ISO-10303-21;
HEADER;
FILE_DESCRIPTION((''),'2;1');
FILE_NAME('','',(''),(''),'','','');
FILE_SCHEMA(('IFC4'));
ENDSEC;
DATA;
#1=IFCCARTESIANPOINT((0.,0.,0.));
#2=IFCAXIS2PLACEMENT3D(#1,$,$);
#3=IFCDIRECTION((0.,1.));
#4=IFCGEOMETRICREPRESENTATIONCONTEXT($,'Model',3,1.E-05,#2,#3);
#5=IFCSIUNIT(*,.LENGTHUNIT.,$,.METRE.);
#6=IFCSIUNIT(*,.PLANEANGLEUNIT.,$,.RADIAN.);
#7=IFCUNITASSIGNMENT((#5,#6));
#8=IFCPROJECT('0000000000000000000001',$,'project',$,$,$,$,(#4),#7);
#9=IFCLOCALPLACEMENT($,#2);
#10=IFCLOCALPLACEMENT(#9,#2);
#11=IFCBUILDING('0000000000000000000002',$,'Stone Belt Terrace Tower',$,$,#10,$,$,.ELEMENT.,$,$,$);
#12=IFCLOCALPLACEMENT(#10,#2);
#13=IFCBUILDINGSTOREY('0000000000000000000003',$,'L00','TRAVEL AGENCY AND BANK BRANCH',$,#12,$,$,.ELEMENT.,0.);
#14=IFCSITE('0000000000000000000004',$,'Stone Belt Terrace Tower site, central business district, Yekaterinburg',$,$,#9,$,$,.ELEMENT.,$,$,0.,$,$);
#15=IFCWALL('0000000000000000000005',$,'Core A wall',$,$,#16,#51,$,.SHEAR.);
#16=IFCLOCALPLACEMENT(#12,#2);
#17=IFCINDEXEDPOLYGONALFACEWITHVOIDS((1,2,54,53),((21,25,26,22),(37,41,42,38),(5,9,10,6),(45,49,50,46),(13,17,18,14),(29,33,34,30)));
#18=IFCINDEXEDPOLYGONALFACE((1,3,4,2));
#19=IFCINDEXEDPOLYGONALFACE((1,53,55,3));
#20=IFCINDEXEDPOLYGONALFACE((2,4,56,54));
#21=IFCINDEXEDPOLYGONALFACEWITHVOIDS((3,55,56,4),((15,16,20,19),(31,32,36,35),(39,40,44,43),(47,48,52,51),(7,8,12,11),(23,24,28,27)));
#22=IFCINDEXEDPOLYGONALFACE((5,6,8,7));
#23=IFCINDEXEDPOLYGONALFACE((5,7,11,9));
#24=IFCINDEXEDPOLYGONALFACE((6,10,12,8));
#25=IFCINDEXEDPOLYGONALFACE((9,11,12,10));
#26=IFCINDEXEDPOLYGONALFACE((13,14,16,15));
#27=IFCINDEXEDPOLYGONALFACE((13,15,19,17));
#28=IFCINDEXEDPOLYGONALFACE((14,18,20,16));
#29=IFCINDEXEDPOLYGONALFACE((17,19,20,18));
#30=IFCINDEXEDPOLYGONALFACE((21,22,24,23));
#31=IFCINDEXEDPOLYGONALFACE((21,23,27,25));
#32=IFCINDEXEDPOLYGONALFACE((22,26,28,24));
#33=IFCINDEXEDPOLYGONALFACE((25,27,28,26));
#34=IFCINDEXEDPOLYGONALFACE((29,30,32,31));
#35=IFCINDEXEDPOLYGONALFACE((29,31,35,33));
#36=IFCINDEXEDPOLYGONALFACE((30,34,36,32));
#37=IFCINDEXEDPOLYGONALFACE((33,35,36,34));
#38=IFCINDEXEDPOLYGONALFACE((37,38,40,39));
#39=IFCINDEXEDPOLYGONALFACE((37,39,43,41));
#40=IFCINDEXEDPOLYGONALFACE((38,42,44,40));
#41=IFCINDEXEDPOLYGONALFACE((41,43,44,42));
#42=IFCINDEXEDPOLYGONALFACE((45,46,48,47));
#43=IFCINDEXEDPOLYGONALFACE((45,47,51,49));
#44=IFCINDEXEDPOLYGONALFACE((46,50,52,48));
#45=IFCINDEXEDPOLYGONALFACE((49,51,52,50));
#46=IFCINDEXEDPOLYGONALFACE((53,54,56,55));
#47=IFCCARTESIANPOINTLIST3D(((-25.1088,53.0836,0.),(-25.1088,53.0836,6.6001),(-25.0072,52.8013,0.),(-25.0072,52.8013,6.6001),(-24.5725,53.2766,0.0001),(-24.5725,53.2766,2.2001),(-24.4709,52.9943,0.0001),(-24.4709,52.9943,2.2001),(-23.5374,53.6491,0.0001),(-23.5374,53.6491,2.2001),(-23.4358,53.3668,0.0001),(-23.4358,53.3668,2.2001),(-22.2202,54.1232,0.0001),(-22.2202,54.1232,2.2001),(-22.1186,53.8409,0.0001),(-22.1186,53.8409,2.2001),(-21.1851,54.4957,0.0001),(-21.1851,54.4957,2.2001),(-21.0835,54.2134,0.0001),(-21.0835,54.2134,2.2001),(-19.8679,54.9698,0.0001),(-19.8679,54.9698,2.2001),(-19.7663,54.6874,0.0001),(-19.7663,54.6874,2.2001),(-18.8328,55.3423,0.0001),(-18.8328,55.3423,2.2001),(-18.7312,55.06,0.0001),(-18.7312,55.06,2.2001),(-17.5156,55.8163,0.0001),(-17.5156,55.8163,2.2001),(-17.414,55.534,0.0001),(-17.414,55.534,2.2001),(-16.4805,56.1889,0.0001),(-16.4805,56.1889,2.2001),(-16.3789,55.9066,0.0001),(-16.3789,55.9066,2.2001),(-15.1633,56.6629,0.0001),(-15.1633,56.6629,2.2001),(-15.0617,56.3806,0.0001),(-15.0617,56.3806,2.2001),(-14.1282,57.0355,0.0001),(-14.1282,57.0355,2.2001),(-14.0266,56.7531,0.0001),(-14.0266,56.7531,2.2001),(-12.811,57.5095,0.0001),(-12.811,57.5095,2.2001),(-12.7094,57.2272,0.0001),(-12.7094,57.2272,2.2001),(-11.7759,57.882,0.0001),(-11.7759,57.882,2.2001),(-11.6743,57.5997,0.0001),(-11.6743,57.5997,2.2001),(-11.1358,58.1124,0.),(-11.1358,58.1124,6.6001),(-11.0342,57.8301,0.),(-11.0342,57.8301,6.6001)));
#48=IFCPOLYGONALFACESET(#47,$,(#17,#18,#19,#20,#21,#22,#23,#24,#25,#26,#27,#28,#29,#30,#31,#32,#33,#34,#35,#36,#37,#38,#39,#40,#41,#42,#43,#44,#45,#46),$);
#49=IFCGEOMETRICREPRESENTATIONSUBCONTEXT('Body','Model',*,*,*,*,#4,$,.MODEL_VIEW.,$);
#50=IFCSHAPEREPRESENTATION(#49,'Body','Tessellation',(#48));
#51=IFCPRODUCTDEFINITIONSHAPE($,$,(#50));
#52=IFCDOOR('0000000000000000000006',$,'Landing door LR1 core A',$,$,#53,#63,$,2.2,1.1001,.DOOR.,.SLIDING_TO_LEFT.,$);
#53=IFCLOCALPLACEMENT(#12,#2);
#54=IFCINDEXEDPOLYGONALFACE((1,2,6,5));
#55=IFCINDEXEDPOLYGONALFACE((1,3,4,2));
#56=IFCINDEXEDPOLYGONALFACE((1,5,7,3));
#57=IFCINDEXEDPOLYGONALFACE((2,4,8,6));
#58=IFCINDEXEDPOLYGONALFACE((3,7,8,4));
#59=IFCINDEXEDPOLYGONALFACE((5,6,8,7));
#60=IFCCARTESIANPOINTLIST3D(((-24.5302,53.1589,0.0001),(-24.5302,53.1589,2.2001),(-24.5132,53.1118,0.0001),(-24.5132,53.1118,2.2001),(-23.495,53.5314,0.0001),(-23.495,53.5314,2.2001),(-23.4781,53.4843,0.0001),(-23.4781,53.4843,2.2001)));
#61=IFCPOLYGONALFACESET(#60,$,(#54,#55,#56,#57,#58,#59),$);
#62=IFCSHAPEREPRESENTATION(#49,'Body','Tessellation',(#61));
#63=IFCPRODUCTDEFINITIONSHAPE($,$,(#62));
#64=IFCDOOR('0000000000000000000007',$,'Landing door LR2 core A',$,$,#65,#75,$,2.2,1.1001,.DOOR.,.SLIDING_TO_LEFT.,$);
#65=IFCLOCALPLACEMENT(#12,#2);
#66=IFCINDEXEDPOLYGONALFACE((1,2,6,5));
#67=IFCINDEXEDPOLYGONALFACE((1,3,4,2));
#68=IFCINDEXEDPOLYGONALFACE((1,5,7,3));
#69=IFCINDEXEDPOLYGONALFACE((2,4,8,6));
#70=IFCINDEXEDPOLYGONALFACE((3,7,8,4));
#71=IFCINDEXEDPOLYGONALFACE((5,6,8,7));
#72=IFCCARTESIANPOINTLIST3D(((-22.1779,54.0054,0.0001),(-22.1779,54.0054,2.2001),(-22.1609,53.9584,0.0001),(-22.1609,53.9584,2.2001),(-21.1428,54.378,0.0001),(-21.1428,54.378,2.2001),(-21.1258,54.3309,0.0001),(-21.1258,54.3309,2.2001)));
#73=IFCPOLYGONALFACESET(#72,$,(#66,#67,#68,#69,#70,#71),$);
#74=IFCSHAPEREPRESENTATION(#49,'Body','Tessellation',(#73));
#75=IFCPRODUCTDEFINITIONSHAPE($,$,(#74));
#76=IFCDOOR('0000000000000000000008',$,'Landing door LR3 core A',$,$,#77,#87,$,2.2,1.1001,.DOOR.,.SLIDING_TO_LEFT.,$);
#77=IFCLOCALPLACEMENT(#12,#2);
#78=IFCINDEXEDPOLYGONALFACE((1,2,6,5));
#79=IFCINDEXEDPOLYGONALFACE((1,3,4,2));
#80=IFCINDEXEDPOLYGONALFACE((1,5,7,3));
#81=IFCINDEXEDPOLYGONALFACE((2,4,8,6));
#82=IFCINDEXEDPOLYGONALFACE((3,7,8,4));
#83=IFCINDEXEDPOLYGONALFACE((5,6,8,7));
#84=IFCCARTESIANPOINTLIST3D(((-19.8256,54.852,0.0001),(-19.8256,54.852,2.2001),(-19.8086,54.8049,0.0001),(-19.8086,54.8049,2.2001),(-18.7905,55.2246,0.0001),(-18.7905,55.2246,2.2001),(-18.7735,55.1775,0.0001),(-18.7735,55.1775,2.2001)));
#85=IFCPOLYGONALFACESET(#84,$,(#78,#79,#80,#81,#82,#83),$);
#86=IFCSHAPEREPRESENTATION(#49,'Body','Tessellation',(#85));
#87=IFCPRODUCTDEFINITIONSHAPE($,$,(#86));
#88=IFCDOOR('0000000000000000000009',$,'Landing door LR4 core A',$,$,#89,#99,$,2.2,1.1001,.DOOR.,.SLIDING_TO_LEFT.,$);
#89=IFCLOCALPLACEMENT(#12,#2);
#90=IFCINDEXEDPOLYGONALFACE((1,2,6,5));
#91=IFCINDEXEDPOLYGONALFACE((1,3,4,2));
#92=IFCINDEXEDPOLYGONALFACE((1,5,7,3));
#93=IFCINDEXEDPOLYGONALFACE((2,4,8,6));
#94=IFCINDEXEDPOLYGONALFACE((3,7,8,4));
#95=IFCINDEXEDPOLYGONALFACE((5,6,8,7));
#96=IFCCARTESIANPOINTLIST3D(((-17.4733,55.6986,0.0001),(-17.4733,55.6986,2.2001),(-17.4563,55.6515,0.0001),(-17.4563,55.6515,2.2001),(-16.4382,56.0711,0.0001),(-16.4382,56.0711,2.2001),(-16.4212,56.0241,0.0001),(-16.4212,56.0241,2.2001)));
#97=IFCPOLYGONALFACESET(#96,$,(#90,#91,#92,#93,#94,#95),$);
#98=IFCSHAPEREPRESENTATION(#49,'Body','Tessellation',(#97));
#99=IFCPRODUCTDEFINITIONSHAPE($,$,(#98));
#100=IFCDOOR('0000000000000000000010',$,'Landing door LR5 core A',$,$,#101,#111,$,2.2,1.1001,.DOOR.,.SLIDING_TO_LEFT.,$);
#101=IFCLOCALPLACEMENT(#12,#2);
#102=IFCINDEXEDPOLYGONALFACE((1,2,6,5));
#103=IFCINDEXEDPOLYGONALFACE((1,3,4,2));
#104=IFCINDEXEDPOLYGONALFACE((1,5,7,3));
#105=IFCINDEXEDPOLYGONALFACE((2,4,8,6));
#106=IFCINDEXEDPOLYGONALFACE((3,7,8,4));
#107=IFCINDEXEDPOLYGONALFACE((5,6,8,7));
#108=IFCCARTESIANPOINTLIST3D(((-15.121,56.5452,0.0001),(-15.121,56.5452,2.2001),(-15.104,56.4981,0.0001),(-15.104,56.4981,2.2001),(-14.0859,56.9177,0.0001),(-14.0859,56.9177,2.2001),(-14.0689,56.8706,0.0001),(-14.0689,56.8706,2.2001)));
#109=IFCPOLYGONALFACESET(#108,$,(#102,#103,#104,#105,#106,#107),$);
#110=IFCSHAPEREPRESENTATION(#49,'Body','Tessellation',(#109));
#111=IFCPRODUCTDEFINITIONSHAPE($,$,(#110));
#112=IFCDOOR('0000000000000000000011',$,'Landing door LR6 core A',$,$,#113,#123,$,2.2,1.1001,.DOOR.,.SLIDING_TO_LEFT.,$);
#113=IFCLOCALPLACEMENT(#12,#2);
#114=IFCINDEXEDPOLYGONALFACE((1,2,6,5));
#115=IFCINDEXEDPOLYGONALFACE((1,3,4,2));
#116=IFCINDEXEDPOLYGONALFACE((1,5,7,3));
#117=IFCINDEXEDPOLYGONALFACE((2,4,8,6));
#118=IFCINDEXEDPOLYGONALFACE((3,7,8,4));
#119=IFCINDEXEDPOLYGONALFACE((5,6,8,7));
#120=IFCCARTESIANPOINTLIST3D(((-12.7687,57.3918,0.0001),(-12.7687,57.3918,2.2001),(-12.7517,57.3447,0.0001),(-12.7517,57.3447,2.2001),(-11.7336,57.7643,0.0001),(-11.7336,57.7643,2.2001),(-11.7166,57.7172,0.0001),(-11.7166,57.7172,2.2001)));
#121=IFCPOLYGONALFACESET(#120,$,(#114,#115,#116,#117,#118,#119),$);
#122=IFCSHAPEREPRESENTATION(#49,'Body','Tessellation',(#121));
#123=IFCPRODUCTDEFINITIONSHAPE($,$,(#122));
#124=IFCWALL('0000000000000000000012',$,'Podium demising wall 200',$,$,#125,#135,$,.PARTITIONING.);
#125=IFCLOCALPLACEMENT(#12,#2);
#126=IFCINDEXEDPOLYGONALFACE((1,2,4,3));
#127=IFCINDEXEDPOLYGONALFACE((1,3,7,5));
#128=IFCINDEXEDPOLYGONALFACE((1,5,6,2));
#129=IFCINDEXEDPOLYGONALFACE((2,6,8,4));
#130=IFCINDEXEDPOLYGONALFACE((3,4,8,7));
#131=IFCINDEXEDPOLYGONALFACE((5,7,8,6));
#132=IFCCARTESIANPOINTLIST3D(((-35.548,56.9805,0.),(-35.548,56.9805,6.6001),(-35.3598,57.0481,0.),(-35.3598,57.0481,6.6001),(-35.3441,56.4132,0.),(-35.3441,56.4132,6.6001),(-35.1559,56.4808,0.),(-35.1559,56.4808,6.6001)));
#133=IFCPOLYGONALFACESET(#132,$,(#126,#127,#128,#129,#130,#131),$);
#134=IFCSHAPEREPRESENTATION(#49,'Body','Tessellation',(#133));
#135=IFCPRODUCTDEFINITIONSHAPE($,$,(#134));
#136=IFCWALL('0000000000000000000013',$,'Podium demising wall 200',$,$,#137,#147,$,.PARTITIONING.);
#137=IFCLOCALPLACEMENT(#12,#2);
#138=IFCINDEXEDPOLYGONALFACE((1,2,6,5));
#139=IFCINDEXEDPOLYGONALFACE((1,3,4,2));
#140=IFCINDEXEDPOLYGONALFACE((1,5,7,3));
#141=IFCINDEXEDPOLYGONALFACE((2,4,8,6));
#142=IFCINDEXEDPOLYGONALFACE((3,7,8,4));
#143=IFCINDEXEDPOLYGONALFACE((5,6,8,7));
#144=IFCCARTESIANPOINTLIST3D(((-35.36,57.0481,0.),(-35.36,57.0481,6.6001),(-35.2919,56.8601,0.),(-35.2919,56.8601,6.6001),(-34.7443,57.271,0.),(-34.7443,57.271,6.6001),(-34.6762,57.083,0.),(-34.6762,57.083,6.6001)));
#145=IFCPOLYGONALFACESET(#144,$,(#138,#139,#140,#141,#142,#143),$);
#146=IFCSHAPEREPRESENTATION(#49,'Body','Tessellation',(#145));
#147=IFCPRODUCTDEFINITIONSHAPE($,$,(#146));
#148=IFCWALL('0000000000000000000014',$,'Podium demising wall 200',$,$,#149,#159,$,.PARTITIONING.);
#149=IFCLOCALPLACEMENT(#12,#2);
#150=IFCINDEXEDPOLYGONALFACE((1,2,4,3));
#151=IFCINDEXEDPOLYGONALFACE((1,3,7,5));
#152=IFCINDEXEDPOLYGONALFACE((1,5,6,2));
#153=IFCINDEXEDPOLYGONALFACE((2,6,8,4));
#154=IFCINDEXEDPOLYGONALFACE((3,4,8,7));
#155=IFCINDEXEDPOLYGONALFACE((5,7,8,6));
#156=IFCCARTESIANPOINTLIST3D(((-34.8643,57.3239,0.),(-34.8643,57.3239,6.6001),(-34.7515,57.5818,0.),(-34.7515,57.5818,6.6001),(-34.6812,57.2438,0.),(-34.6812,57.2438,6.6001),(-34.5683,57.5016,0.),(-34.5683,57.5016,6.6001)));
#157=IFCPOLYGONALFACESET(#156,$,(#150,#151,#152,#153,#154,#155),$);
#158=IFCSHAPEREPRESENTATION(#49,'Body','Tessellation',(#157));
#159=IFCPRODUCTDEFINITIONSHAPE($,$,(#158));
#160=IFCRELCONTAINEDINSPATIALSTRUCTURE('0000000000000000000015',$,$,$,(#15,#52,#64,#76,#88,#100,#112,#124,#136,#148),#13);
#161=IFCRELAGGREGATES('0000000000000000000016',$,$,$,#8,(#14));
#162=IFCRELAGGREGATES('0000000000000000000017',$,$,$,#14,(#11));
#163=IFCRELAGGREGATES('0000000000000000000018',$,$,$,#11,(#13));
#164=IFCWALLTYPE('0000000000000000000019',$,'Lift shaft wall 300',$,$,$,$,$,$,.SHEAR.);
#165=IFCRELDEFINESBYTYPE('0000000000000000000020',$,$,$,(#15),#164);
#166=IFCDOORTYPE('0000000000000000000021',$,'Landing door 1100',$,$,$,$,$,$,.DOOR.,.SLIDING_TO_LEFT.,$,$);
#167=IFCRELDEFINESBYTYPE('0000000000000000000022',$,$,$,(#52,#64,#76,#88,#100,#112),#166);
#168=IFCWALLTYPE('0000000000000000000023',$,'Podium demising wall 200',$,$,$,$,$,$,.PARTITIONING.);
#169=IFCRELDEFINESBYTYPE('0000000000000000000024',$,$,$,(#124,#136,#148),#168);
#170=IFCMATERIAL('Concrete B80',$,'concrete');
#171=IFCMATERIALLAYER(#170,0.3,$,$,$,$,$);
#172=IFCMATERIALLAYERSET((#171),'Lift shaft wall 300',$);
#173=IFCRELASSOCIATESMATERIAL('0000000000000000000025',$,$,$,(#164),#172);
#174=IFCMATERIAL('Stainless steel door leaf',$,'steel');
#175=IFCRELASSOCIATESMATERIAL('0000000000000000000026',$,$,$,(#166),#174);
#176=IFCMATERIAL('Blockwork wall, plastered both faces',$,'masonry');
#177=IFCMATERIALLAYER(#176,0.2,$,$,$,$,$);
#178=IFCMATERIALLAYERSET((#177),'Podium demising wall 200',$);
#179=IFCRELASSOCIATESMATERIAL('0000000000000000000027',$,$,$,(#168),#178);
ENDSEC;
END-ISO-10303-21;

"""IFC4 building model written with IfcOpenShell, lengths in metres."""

from ifc_helpers import new_model, si_unit, direction, frame, frame_2d, origin, place, context, subcontext, project, spatial, rectangle, extrude, material, layer, layer_set, type_object, element, fill, save


model = new_model("IFC4")

# Units and contexts
model_context = context("Model", 3, precision=1e-05, world=origin(), true_north=direction((0.0, 1.0)))
body_context = subcontext(model_context, "Body", "Model", "MODEL_VIEW")
ifc_project = project(units=[si_unit("LENGTHUNIT", "METRE"), si_unit("PLANEANGLEUNIT", "RADIAN")], contexts=[model_context])

# Site, building, storey
site_placement = place(None, origin())
site = spatial("IfcSite", under=ifc_project, at=site_placement, Name="Stone Belt Terrace Tower site, central business district, Yekaterinburg", CompositionType="ELEMENT", RefElevation=0.0)
building_placement = place(site_placement, origin())
building = spatial("IfcBuilding", under=site, at=building_placement, Name="Stone Belt Terrace Tower", CompositionType="ELEMENT")
storey_placement = place(building_placement, origin())
storey = spatial("IfcBuildingStorey", under=building, at=storey_placement, Name="L00", Description="TRAVEL AGENCY AND BANK BRANCH", CompositionType="ELEMENT", Elevation=0.0)

# Shared definitions
ifc_material_1 = material(Name="Concrete B80", Category="concrete")

# Shared definitions
ifc_layer_1 = layer(ifc_material_1, 0.3)
ifc_layer_set_1 = layer_set([ifc_layer_1], Name="Lift shaft wall 300")
wall_type_1 = type_object("IfcWallType", Name="Lift shaft wall 300", PredefinedType="SHEAR", material=ifc_layer_set_1)
ifc_material_2 = material(Name="Stainless steel door leaf", Category="steel")

# Wall, openings, doors
wall_1_placement = place(storey_placement, frame((-25.0581, 52.9424, 0.0), z_axis=(0.0, 0.0, 1.0), x_axis=(0.940918, 0.338634, 0.0)))
wall_1 = element("IfcWall", 1, at=wall_1_placement, inside=storey, type_object=wall_type_1, Name="Core A wall", PredefinedType="SHEAR", context=body_context, shape_type="SweptSolid", body=[
    extrude(rectangle(XDim=14.8503, YDim=0.3, at=frame_2d((7.4253, 0.0))), origin(), (0.0, 0.0, 1.0), 6.6001),
])
opening_1_placement = place(wall_1_placement, frame((0.5701, 0.0, 0.0)))
opening_1 = element("IfcOpeningElement", 2, at=opening_1_placement, cuts=wall_1, PredefinedType="OPENING", context=body_context, shape_type="SweptSolid", body=[
    extrude(rectangle(XDim=1.1001, YDim=2.2, at=frame_2d((0.55, 1.1001))), frame((0.0, 0.1599, 0.0), z_axis=(0.0, -1.0, 0.0), x_axis=(1.0, 0.0, 0.0)), (0.0, 0.0, 1.0), 0.3201),
])
opening_2_placement = place(wall_1_placement, frame((3.0701, 0.0, 0.0)))
opening_2 = element("IfcOpeningElement", 3, at=opening_2_placement, cuts=wall_1, PredefinedType="OPENING", context=body_context, shape_type="SweptSolid", body=[
    extrude(rectangle(XDim=1.1001, YDim=2.2, at=frame_2d((0.55, 1.1001))), frame((0.0, 0.1599, 0.0), z_axis=(0.0, -1.0, 0.0), x_axis=(1.0, 0.0, 0.0)), (0.0, 0.0, 1.0), 0.3201),
])
opening_3_placement = place(wall_1_placement, frame((5.5701, 0.0, 0.0)))
opening_3 = element("IfcOpeningElement", 4, at=opening_3_placement, cuts=wall_1, PredefinedType="OPENING", context=body_context, shape_type="SweptSolid", body=[
    extrude(rectangle(XDim=1.1001, YDim=2.2, at=frame_2d((0.55, 1.1001))), frame((0.0, 0.1599, 0.0), z_axis=(0.0, -1.0, 0.0), x_axis=(1.0, 0.0, 0.0)), (0.0, 0.0, 1.0), 0.3201),
])
opening_4_placement = place(wall_1_placement, frame((8.0701, 0.0, 0.0)))
opening_4 = element("IfcOpeningElement", 5, at=opening_4_placement, cuts=wall_1, PredefinedType="OPENING", context=body_context, shape_type="SweptSolid", body=[
    extrude(rectangle(XDim=1.1001, YDim=2.2, at=frame_2d((0.55, 1.1001))), frame((0.0, 0.1599, 0.0), z_axis=(0.0, -1.0, 0.0), x_axis=(1.0, 0.0, 0.0)), (0.0, 0.0, 1.0), 0.3201),
])
opening_5_placement = place(wall_1_placement, frame((10.5701, 0.0, 0.0)))
opening_5 = element("IfcOpeningElement", 6, at=opening_5_placement, cuts=wall_1, PredefinedType="OPENING", context=body_context, shape_type="SweptSolid", body=[
    extrude(rectangle(XDim=1.1001, YDim=2.2, at=frame_2d((0.55, 1.1001))), frame((0.0, 0.1599, 0.0), z_axis=(0.0, -1.0, 0.0), x_axis=(1.0, 0.0, 0.0)), (0.0, 0.0, 1.0), 0.3201),
])
opening_6_placement = place(wall_1_placement, frame((13.0701, 0.0, 0.0)))
opening_6 = element("IfcOpeningElement", 7, at=opening_6_placement, cuts=wall_1, PredefinedType="OPENING", context=body_context, shape_type="SweptSolid", body=[
    extrude(rectangle(XDim=1.1001, YDim=2.2, at=frame_2d((0.55, 1.1001))), frame((0.0, 0.1599, 0.0), z_axis=(0.0, -1.0, 0.0), x_axis=(1.0, 0.0, 0.0)), (0.0, 0.0, 1.0), 0.3201),
])
door_type_1 = type_object("IfcDoorType", Name="Landing door 1100", OperationType="SLIDING_TO_LEFT", PredefinedType="DOOR", material=ifc_material_2)
door_1_placement = place(opening_1_placement, origin())
door_1 = element("IfcDoor", 8, at=door_1_placement, inside=storey, type_object=door_type_1, Name="Landing door LR1 core A", OperationType="SLIDING_TO_LEFT", OverallHeight=2.2, OverallWidth=1.1001, PredefinedType="DOOR", context=body_context, shape_type="SweptSolid", body=[
    extrude(rectangle(XDim=1.1001, YDim=2.2, at=frame_2d((0.55, 1.1001))), frame((0.0, 0.0249, 0.0), z_axis=(0.0, -1.0, 0.0), x_axis=(1.0, 0.0, 0.0)), (0.0, 0.0, 1.0), 0.05),
])
fill(opening_1, door_1)
door_2_placement = place(opening_2_placement, origin())
door_2 = element("IfcDoor", 9, at=door_2_placement, inside=storey, type_object=door_type_1, Name="Landing door LR2 core A", OperationType="SLIDING_TO_LEFT", OverallHeight=2.2, OverallWidth=1.1001, PredefinedType="DOOR", context=body_context, shape_type="SweptSolid", body=[
    extrude(rectangle(XDim=1.1001, YDim=2.2, at=frame_2d((0.55, 1.1001))), frame((0.0, 0.0249, 0.0), z_axis=(0.0, -1.0, 0.0), x_axis=(1.0, 0.0, 0.0)), (0.0, 0.0, 1.0), 0.05),
])
fill(opening_2, door_2)
door_3_placement = place(opening_3_placement, origin())
door_3 = element("IfcDoor", 10, at=door_3_placement, inside=storey, type_object=door_type_1, Name="Landing door LR3 core A", OperationType="SLIDING_TO_LEFT", OverallHeight=2.2, OverallWidth=1.1001, PredefinedType="DOOR", context=body_context, shape_type="SweptSolid", body=[
    extrude(rectangle(XDim=1.1001, YDim=2.2, at=frame_2d((0.55, 1.1001))), frame((0.0, 0.0249, 0.0), z_axis=(0.0, -1.0, 0.0), x_axis=(1.0, 0.0, 0.0)), (0.0, 0.0, 1.0), 0.05),
])
fill(opening_3, door_3)
door_4_placement = place(opening_4_placement, origin())
door_4 = element("IfcDoor", 11, at=door_4_placement, inside=storey, type_object=door_type_1, Name="Landing door LR4 core A", OperationType="SLIDING_TO_LEFT", OverallHeight=2.2, OverallWidth=1.1001, PredefinedType="DOOR", context=body_context, shape_type="SweptSolid", body=[
    extrude(rectangle(XDim=1.1001, YDim=2.2, at=frame_2d((0.55, 1.1001))), frame((0.0, 0.0249, 0.0), z_axis=(0.0, -1.0, 0.0), x_axis=(1.0, 0.0, 0.0)), (0.0, 0.0, 1.0), 0.05),
])
fill(opening_4, door_4)
door_5_placement = place(opening_5_placement, origin())
door_5 = element("IfcDoor", 12, at=door_5_placement, inside=storey, type_object=door_type_1, Name="Landing door LR5 core A", OperationType="SLIDING_TO_LEFT", OverallHeight=2.2, OverallWidth=1.1001, PredefinedType="DOOR", context=body_context, shape_type="SweptSolid", body=[
    extrude(rectangle(XDim=1.1001, YDim=2.2, at=frame_2d((0.55, 1.1001))), frame((0.0, 0.0249, 0.0), z_axis=(0.0, -1.0, 0.0), x_axis=(1.0, 0.0, 0.0)), (0.0, 0.0, 1.0), 0.05),
])
fill(opening_5, door_5)
door_6_placement = place(opening_6_placement, origin())
door_6 = element("IfcDoor", 13, at=door_6_placement, inside=storey, type_object=door_type_1, Name="Landing door LR6 core A", OperationType="SLIDING_TO_LEFT", OverallHeight=2.2, OverallWidth=1.1001, PredefinedType="DOOR", context=body_context, shape_type="SweptSolid", body=[
    extrude(rectangle(XDim=1.1001, YDim=2.2, at=frame_2d((0.55, 1.1001))), frame((0.0, 0.0249, 0.0), z_axis=(0.0, -1.0, 0.0), x_axis=(1.0, 0.0, 0.0)), (0.0, 0.0, 1.0), 0.05),
])
fill(opening_6, door_6)

# Walls
ifc_material_3 = material(Name="Blockwork wall, plastered both faces", Category="masonry")
ifc_layer_2 = layer(ifc_material_3, 0.2)
ifc_layer_set_2 = layer_set([ifc_layer_2], Name="Podium demising wall 200")
wall_type_2 = type_object("IfcWallType", Name="Podium demising wall 200", PredefinedType="PARTITIONING", material=ifc_layer_set_2)
wall_2_placement = place(storey_placement, frame((-35.4539, 57.0142, 0.0), z_axis=(0.0, 0.0, 1.0), x_axis=(0.33826, -0.941053, 0.0)))
element("IfcWall", 14, at=wall_2_placement, inside=storey, type_object=wall_type_2, Name="Podium demising wall 200", PredefinedType="PARTITIONING", context=body_context, shape_type="SweptSolid", body=[
    extrude(rectangle(XDim=0.6028, YDim=0.2, at=frame_2d((0.3013, 0.0))), origin(), (0.0, 0.0, 1.0), 6.6001),
])
wall_3_placement = place(storey_placement, frame((-35.3259, 56.9541, 0.0), z_axis=(0.0, 0.0, 1.0), x_axis=(0.940282, 0.340396, 0.0)))
element("IfcWall", 15, at=wall_3_placement, inside=storey, type_object=wall_type_2, Name="Podium demising wall 200", PredefinedType="PARTITIONING", context=body_context, shape_type="SweptSolid", body=[
    extrude(rectangle(XDim=0.6548, YDim=0.2, at=frame_2d((0.3274, 0.0))), origin(), (0.0, 0.0, 1.0), 6.6001),
])
wall_4_placement = place(storey_placement, frame((-34.7727, 57.2839, 0.0), z_axis=(0.0, 0.0, 1.0), x_axis=(0.400819, 0.916157, 0.0)))
element("IfcWall", 16, at=wall_4_placement, inside=storey, type_object=wall_type_2, Name="Podium demising wall 200", PredefinedType="PARTITIONING", context=body_context, shape_type="SweptSolid", body=[
    extrude(rectangle(XDim=0.2815, YDim=0.2, at=frame_2d((0.1406, 0.0))), origin(), (0.0, 0.0, 1.0), 6.6001),
])

save(model, "model.ifc")
